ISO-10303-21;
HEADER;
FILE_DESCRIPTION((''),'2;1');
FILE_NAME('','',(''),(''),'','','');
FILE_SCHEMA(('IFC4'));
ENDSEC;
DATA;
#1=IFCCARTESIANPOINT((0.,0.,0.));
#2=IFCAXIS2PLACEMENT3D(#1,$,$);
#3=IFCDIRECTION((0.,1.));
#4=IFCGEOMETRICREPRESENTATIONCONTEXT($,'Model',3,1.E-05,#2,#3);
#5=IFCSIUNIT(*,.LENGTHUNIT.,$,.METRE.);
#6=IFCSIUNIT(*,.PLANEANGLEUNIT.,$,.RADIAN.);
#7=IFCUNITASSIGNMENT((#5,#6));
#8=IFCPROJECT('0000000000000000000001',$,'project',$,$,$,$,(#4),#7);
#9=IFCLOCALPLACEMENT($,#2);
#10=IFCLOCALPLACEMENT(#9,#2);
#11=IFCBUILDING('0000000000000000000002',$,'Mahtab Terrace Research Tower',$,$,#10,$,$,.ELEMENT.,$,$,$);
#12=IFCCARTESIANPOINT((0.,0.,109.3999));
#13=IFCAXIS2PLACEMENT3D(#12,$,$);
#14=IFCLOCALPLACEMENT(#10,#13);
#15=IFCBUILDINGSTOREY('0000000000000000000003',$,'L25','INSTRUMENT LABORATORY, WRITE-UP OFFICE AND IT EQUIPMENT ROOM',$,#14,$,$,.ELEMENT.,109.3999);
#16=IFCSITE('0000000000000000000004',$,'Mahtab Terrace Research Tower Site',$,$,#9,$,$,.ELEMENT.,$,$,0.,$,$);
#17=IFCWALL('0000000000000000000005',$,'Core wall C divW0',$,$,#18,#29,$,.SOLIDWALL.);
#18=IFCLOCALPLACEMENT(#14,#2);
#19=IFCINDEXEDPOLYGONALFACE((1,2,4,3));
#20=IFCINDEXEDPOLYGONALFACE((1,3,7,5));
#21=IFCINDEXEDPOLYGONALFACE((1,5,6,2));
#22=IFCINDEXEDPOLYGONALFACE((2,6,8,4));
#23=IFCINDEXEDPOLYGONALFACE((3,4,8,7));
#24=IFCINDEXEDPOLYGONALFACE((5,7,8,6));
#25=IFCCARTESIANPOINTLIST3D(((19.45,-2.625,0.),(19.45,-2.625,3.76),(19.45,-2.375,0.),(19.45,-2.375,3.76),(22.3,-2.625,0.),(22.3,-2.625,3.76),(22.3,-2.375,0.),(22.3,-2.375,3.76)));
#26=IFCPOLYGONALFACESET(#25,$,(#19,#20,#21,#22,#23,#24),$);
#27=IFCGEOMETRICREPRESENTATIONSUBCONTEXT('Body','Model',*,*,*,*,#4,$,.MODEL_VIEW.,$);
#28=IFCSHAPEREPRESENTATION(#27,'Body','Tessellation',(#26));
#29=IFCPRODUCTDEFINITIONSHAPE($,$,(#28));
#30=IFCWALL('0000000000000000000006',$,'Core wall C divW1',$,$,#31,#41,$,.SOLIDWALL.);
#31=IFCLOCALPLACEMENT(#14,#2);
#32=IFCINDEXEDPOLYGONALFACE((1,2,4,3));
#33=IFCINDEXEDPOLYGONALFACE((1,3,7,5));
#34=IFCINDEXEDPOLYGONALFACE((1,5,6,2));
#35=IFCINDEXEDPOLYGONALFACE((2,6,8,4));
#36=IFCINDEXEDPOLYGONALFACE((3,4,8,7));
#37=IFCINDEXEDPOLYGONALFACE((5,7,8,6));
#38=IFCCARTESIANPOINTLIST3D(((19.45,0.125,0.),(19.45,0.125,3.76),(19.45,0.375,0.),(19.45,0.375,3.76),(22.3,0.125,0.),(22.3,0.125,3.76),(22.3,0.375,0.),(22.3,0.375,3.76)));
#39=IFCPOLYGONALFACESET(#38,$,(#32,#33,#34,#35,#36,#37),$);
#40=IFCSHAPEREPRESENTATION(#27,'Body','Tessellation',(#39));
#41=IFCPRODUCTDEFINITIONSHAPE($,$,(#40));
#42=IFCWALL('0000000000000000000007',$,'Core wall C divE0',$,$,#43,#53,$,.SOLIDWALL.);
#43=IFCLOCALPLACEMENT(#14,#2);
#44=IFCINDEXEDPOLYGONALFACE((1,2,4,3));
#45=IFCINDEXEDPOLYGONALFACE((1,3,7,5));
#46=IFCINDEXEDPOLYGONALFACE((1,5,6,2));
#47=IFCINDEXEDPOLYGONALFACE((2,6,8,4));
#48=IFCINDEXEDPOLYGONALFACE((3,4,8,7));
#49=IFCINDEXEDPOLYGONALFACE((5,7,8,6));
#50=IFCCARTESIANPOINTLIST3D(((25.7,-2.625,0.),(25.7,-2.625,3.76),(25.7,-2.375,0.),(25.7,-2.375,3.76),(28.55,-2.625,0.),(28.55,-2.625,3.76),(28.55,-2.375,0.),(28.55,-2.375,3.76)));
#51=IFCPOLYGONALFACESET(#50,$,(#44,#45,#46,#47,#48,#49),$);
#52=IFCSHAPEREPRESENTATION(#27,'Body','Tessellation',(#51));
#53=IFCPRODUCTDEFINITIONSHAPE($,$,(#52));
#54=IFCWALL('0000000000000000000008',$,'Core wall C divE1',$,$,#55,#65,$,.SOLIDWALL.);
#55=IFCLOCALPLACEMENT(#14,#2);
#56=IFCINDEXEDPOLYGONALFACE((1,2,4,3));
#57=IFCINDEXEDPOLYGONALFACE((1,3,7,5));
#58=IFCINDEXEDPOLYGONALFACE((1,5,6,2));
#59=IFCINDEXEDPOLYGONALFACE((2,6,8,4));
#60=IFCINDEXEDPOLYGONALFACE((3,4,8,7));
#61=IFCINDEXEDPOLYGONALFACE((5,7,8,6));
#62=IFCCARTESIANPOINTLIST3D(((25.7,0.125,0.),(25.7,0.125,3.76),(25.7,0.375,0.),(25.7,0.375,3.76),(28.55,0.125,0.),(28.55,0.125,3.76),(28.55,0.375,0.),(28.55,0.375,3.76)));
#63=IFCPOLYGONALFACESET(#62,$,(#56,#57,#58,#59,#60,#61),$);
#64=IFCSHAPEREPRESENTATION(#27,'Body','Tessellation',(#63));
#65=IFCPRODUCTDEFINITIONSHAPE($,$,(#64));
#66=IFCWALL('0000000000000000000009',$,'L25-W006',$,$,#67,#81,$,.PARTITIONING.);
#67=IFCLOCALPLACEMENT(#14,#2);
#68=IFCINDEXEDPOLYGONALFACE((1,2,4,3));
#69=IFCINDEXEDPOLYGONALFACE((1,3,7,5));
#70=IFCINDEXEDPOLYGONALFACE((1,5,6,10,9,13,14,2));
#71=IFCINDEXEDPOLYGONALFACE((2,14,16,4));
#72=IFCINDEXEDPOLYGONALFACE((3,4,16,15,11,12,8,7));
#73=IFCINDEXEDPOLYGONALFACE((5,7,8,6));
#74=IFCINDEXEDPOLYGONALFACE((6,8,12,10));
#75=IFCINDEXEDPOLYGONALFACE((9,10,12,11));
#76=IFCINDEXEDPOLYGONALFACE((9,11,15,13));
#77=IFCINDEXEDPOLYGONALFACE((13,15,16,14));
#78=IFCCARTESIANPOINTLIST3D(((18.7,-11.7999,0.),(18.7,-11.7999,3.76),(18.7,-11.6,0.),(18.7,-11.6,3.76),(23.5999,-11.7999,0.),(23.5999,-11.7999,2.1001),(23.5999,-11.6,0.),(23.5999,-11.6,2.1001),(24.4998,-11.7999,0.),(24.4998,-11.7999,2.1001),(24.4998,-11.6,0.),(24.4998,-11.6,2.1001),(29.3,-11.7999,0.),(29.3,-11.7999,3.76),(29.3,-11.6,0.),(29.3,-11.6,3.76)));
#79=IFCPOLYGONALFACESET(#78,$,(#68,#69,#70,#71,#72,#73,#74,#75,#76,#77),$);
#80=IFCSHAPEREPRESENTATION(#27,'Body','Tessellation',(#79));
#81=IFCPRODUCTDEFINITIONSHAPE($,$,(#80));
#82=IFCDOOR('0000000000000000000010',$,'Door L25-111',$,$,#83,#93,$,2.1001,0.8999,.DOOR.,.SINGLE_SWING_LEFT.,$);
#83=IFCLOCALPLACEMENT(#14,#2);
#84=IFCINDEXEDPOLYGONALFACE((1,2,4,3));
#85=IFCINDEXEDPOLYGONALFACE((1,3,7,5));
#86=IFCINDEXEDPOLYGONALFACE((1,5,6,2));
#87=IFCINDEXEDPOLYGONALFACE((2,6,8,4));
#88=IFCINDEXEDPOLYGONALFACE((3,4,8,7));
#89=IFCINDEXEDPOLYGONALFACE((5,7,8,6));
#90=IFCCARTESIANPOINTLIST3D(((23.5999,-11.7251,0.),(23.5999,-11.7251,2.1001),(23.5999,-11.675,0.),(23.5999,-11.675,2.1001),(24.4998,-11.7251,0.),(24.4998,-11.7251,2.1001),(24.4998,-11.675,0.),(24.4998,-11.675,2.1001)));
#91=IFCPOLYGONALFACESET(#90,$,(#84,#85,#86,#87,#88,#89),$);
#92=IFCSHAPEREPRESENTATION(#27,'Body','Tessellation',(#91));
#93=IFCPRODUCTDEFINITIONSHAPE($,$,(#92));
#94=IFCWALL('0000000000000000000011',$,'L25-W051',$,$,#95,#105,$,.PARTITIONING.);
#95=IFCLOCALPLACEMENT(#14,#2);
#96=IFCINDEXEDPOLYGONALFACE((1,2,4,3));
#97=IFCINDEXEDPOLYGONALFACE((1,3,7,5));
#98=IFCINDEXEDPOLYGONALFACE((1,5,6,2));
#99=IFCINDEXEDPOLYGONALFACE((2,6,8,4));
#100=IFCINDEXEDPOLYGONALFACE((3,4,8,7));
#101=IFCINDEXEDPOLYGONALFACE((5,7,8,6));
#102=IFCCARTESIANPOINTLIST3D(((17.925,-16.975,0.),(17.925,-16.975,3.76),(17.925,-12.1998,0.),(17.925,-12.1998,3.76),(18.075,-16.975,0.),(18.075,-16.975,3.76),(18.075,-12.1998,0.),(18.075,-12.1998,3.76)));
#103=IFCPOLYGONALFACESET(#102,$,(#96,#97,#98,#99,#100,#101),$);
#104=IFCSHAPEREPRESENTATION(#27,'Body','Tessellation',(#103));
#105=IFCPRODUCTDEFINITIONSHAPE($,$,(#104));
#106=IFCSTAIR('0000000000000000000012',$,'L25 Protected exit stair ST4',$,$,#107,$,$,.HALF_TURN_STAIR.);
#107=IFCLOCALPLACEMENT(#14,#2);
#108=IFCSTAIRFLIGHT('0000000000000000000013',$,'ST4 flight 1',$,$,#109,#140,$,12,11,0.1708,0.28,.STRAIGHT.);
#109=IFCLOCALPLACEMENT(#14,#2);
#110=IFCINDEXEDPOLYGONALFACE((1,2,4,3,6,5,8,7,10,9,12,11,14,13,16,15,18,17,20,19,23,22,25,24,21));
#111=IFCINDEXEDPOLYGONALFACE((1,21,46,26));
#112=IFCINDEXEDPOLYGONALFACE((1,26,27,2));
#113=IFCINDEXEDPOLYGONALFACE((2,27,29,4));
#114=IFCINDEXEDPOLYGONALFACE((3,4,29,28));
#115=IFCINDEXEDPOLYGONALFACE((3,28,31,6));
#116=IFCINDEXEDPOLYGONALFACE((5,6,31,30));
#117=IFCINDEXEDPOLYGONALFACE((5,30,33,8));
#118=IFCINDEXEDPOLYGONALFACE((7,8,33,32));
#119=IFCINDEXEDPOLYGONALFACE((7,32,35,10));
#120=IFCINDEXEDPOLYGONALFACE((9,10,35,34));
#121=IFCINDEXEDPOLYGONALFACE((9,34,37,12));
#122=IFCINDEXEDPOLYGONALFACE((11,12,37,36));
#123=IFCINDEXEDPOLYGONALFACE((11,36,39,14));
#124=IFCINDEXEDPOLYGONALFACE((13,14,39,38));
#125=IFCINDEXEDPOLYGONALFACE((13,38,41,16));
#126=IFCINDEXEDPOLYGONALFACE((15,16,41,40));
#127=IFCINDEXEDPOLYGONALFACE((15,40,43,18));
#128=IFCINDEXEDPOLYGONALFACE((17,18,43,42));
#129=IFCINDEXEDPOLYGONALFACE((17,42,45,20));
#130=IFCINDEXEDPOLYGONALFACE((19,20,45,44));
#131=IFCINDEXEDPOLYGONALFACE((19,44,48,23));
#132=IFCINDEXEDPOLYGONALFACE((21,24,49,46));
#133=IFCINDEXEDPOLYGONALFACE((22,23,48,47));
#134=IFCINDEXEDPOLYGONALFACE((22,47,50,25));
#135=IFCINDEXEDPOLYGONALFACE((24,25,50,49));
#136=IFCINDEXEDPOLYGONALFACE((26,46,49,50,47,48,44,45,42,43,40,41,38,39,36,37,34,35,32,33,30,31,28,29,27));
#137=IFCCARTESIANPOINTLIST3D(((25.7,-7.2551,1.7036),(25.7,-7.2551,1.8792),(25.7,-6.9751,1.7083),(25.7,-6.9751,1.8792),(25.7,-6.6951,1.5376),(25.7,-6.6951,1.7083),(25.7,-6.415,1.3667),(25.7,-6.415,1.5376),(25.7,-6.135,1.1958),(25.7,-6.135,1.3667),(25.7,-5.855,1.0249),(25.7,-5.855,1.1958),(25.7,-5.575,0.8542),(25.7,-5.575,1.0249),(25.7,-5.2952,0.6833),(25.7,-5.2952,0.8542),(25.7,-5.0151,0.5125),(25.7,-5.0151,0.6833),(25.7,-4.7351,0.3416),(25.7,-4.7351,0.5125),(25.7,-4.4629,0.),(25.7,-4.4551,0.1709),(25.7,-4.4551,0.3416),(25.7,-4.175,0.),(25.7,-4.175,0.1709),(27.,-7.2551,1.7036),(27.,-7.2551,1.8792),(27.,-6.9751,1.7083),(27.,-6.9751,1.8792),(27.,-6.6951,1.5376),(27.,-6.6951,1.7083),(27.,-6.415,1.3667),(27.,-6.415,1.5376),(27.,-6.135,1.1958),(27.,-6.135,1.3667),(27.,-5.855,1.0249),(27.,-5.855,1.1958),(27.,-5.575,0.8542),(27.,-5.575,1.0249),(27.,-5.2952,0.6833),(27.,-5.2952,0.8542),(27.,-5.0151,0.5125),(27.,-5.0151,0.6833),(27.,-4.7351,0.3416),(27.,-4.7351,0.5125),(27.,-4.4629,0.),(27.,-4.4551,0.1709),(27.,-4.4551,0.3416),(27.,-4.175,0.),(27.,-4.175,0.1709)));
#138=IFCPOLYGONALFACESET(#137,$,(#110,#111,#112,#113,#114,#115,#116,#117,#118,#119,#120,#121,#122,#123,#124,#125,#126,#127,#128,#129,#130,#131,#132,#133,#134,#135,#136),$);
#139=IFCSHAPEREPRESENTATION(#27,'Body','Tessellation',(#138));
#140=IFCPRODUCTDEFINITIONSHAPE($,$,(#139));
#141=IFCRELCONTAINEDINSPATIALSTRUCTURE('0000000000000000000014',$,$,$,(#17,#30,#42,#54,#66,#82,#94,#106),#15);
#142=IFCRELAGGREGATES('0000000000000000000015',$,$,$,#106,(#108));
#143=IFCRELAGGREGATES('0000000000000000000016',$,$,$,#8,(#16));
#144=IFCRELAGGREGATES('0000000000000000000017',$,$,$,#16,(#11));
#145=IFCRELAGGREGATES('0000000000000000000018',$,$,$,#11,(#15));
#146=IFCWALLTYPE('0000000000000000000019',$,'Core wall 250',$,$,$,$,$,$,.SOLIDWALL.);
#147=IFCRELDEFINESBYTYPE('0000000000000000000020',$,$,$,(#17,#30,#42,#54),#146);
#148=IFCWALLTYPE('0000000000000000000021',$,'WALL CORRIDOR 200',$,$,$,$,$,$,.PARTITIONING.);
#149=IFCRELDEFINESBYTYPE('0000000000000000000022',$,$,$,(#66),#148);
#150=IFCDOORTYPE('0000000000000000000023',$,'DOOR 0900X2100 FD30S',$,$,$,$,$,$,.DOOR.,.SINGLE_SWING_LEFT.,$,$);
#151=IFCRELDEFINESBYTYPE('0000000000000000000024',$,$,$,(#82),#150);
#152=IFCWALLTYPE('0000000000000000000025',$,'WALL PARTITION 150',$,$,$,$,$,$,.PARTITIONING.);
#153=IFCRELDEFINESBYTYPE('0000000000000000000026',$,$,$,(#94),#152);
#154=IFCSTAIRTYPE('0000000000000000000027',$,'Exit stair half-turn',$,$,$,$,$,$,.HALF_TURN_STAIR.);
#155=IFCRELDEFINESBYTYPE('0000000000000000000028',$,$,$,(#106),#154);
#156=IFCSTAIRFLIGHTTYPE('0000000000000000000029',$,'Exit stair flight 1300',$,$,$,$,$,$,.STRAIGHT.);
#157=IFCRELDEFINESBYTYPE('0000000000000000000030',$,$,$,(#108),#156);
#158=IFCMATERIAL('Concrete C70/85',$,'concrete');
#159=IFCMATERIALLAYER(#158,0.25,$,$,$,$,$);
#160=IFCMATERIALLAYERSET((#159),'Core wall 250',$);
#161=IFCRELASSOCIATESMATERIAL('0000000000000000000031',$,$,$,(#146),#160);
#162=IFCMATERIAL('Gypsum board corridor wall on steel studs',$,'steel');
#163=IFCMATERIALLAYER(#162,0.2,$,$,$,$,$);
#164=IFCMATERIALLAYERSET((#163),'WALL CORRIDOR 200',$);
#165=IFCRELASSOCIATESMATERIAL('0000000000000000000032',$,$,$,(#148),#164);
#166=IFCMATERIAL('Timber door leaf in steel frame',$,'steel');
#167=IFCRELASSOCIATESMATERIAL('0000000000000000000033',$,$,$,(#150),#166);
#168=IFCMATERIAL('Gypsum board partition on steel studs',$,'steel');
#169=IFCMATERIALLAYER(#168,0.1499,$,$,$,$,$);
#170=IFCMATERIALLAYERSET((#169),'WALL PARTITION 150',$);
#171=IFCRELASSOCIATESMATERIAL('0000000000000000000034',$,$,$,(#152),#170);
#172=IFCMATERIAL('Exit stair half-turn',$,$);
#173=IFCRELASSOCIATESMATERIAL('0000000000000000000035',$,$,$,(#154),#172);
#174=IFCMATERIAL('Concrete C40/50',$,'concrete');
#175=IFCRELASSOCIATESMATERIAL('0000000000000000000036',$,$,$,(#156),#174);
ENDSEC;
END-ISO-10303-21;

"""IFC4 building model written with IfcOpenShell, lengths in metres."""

from ifc_helpers import new_model, si_unit, direction, frame, frame_2d, origin, place, context, subcontext, project, spatial, polyline, rectangle, outline, extrude, material, layer, layer_set, type_object, element, fill, aggregate, save


model = new_model("IFC4")

# Units and contexts
model_context = context("Model", 3, precision=1e-05, world=origin(), true_north=direction((0.0, 1.0)))
body_context = subcontext(model_context, "Body", "Model", "MODEL_VIEW")
ifc_project = project(units=[si_unit("LENGTHUNIT", "METRE"), si_unit("PLANEANGLEUNIT", "RADIAN")], contexts=[model_context])

# Site, building, storey
site_placement = place(None, origin())
site = spatial("IfcSite", under=ifc_project, at=site_placement, Name="Mahtab Terrace Research Tower Site", CompositionType="ELEMENT", RefElevation=0.0)
building_placement = place(site_placement, origin())
building = spatial("IfcBuilding", under=site, at=building_placement, Name="Mahtab Terrace Research Tower", CompositionType="ELEMENT")
storey_placement = place(building_placement, frame((0.0, 0.0, 109.3999)))
storey = spatial("IfcBuildingStorey", under=building, at=storey_placement, Name="L25", Description="INSTRUMENT LABORATORY, WRITE-UP OFFICE AND IT EQUIPMENT ROOM", CompositionType="ELEMENT", Elevation=109.3999)

# Shared definitions
ifc_material_1 = material(Name="Concrete C70/85", Category="concrete")

# Shared definitions
ifc_layer_1 = layer(ifc_material_1, 0.25)
ifc_layer_set_1 = layer_set([ifc_layer_1], Name="Core wall 250")
wall_type_1 = type_object("IfcWallType", Name="Core wall 250", PredefinedType="SOLIDWALL", material=ifc_layer_set_1)

# Walls
for number, where, z_axis, x_axis, name in (
    (1, (19.45, -2.5, 0.0), (0.0, 0.0, 1.0), (1.0, 0.0, 0.0), "Core wall C divW0"),
    (2, (19.45, 0.25, 0.0), (0.0, 0.0, 1.0), (1.0, 0.0, 0.0), "Core wall C divW1"),
    (3, (25.7, -2.5, 0.0), (0.0, 0.0, 1.0), (1.0, 0.0, 0.0), "Core wall C divE0"),
    (4, (25.7, 0.25, 0.0), (0.0, 0.0, 1.0), (1.0, 0.0, 0.0), "Core wall C divE1"),
):
    element("IfcWall", number, at=place(storey_placement, frame(where, z_axis=z_axis, x_axis=x_axis)), inside=storey, type_object=wall_type_1, Name=name, PredefinedType="SOLIDWALL", context=body_context, shape_type="SweptSolid", body=[
        extrude(rectangle(XDim=2.8501, YDim=0.25, at=frame_2d((1.425, 0.0))), origin(), (0.0, 0.0, 1.0), 3.76),
    ])

# Wall, opening, door
ifc_material_2 = material(Name="Gypsum board corridor wall on steel studs", Category="steel")
ifc_layer_2 = layer(ifc_material_2, 0.2)
ifc_layer_set_2 = layer_set([ifc_layer_2], Name="WALL CORRIDOR 200")
wall_type_2 = type_object("IfcWallType", Name="WALL CORRIDOR 200", PredefinedType="PARTITIONING", material=ifc_layer_set_2)
wall_1_placement = place(storey_placement, frame((18.7, -11.7, 0.0), z_axis=(0.0, 0.0, 1.0), x_axis=(1.0, 0.0, 0.0)))
wall_1 = element("IfcWall", 5, at=wall_1_placement, inside=storey, type_object=wall_type_2, Name="L25-W006", PredefinedType="PARTITIONING", context=body_context, shape_type="SweptSolid", body=[
    extrude(rectangle(XDim=10.6001, YDim=0.2, at=frame_2d((5.3, 0.0))), origin(), (0.0, 0.0, 1.0), 3.76),
])
opening_1_placement = place(wall_1_placement, frame((4.8999, 0.0, 0.0)))
opening_1 = element("IfcOpeningElement", 6, at=opening_1_placement, cuts=wall_1, PredefinedType="OPENING", context=body_context, shape_type="SweptSolid", body=[
    extrude(rectangle(XDim=0.8999, YDim=2.1001, at=frame_2d((0.45, 1.05))), frame((0.0, 0.1099, 0.0), z_axis=(0.0, -1.0, 0.0), x_axis=(1.0, 0.0, 0.0)), (0.0, 0.0, 1.0), 0.22),
])
ifc_material_3 = material(Name="Timber door leaf in steel frame", Category="steel")
door_type_1 = type_object("IfcDoorType", Name="DOOR 0900X2100 FD30S", OperationType="SINGLE_SWING_LEFT", PredefinedType="DOOR", material=ifc_material_3)
door_1_placement = place(opening_1_placement, origin())
door_1 = element("IfcDoor", 7, at=door_1_placement, inside=storey, type_object=door_type_1, Name="Door L25-111", OperationType="SINGLE_SWING_LEFT", OverallHeight=2.1001, OverallWidth=0.8999, PredefinedType="DOOR", context=body_context, shape_type="SweptSolid", body=[
    extrude(rectangle(XDim=0.8999, YDim=2.1001, at=frame_2d((0.45, 1.05))), frame((0.0, 0.0249, 0.0), z_axis=(0.0, -1.0, 0.0), x_axis=(1.0, 0.0, 0.0)), (0.0, 0.0, 1.0), 0.05),
])
fill(opening_1, door_1)

# Wall
ifc_material_4 = material(Name="Gypsum board partition on steel studs", Category="steel")
ifc_layer_3 = layer(ifc_material_4, 0.1499)
ifc_layer_set_3 = layer_set([ifc_layer_3], Name="WALL PARTITION 150")
wall_type_3 = type_object("IfcWallType", Name="WALL PARTITION 150", PredefinedType="PARTITIONING", material=ifc_layer_set_3)
wall_2_placement = place(storey_placement, frame((18.0, -16.9751, 0.0), z_axis=(0.0, 0.0, 1.0), x_axis=(0.0, 1.0, 0.0)))
element("IfcWall", 8, at=wall_2_placement, inside=storey, type_object=wall_type_3, Name="L25-W051", PredefinedType="PARTITIONING", context=body_context, shape_type="SweptSolid", body=[
    extrude(rectangle(XDim=4.7751, YDim=0.1499, at=frame_2d((2.3877, 0.0))), origin(), (0.0, 0.0, 1.0), 3.76),
])

# Stair, stair flight
ifc_material_5 = material(Name="Exit stair half-turn")
stair_type = type_object("IfcStairType", Name="Exit stair half-turn", PredefinedType="HALF_TURN_STAIR", material=ifc_material_5)
stair_placement = place(storey_placement, origin())
stair = element("IfcStair", 9, at=stair_placement, inside=storey, type_object=stair_type, Name="L25 Protected exit stair ST4", PredefinedType="HALF_TURN_STAIR")
ifc_material_6 = material(Name="Concrete C40/50", Category="concrete")
stair_flight_type = type_object("IfcStairFlightType", Name="Exit stair flight 1300", PredefinedType="STRAIGHT", material=ifc_material_6)
stair_flight_placement = place(storey_placement, frame((26.3501, -4.175, 0.0), z_axis=(0.0, 0.0, 1.0), x_axis=(0.0, -1.0, 0.0)))
stair_flight = element("IfcStairFlight", 10, at=stair_flight_placement, type_object=stair_flight_type, Name="ST4 flight 1", NumberOfRisers=12, NumberOfTreads=11, PredefinedType="STRAIGHT", RiserHeight=0.1708, TreadLength=0.28, context=body_context, shape_type="SweptSolid", body=[
    extrude(outline(polyline([(0.0, 0.0), (0.0, 0.1709), (0.28, 0.1709), (0.28, 0.3416), (0.5601, 0.3416), (0.5601, 0.5125), (0.8401, 0.5125), (0.8401, 0.6833), (1.1201, 0.6833), (1.1201, 0.8542), (1.3999, 0.8542), (1.3999, 1.0249), (1.6799, 1.0249), (1.6799, 1.1958), (1.96, 1.1958), (1.96, 1.3667), (2.24, 1.3667), (2.24, 1.5376), (2.52, 1.5376), (2.52, 1.7083), (2.8, 1.7083), (2.8, 1.8792), (3.0801, 1.8792), (3.0801, 2.05), (3.0801, 1.7036), (0.2878, 0.0), (0.0, 0.0)])), frame((0.0, 0.6499, 0.0), z_axis=(0.0, -1.0, 0.0), x_axis=(1.0, 0.0, 0.0)), (0.0, 0.0, 1.0), 1.3),
])
aggregate(stair, [stair_flight])

save(model, "model.ifc")
